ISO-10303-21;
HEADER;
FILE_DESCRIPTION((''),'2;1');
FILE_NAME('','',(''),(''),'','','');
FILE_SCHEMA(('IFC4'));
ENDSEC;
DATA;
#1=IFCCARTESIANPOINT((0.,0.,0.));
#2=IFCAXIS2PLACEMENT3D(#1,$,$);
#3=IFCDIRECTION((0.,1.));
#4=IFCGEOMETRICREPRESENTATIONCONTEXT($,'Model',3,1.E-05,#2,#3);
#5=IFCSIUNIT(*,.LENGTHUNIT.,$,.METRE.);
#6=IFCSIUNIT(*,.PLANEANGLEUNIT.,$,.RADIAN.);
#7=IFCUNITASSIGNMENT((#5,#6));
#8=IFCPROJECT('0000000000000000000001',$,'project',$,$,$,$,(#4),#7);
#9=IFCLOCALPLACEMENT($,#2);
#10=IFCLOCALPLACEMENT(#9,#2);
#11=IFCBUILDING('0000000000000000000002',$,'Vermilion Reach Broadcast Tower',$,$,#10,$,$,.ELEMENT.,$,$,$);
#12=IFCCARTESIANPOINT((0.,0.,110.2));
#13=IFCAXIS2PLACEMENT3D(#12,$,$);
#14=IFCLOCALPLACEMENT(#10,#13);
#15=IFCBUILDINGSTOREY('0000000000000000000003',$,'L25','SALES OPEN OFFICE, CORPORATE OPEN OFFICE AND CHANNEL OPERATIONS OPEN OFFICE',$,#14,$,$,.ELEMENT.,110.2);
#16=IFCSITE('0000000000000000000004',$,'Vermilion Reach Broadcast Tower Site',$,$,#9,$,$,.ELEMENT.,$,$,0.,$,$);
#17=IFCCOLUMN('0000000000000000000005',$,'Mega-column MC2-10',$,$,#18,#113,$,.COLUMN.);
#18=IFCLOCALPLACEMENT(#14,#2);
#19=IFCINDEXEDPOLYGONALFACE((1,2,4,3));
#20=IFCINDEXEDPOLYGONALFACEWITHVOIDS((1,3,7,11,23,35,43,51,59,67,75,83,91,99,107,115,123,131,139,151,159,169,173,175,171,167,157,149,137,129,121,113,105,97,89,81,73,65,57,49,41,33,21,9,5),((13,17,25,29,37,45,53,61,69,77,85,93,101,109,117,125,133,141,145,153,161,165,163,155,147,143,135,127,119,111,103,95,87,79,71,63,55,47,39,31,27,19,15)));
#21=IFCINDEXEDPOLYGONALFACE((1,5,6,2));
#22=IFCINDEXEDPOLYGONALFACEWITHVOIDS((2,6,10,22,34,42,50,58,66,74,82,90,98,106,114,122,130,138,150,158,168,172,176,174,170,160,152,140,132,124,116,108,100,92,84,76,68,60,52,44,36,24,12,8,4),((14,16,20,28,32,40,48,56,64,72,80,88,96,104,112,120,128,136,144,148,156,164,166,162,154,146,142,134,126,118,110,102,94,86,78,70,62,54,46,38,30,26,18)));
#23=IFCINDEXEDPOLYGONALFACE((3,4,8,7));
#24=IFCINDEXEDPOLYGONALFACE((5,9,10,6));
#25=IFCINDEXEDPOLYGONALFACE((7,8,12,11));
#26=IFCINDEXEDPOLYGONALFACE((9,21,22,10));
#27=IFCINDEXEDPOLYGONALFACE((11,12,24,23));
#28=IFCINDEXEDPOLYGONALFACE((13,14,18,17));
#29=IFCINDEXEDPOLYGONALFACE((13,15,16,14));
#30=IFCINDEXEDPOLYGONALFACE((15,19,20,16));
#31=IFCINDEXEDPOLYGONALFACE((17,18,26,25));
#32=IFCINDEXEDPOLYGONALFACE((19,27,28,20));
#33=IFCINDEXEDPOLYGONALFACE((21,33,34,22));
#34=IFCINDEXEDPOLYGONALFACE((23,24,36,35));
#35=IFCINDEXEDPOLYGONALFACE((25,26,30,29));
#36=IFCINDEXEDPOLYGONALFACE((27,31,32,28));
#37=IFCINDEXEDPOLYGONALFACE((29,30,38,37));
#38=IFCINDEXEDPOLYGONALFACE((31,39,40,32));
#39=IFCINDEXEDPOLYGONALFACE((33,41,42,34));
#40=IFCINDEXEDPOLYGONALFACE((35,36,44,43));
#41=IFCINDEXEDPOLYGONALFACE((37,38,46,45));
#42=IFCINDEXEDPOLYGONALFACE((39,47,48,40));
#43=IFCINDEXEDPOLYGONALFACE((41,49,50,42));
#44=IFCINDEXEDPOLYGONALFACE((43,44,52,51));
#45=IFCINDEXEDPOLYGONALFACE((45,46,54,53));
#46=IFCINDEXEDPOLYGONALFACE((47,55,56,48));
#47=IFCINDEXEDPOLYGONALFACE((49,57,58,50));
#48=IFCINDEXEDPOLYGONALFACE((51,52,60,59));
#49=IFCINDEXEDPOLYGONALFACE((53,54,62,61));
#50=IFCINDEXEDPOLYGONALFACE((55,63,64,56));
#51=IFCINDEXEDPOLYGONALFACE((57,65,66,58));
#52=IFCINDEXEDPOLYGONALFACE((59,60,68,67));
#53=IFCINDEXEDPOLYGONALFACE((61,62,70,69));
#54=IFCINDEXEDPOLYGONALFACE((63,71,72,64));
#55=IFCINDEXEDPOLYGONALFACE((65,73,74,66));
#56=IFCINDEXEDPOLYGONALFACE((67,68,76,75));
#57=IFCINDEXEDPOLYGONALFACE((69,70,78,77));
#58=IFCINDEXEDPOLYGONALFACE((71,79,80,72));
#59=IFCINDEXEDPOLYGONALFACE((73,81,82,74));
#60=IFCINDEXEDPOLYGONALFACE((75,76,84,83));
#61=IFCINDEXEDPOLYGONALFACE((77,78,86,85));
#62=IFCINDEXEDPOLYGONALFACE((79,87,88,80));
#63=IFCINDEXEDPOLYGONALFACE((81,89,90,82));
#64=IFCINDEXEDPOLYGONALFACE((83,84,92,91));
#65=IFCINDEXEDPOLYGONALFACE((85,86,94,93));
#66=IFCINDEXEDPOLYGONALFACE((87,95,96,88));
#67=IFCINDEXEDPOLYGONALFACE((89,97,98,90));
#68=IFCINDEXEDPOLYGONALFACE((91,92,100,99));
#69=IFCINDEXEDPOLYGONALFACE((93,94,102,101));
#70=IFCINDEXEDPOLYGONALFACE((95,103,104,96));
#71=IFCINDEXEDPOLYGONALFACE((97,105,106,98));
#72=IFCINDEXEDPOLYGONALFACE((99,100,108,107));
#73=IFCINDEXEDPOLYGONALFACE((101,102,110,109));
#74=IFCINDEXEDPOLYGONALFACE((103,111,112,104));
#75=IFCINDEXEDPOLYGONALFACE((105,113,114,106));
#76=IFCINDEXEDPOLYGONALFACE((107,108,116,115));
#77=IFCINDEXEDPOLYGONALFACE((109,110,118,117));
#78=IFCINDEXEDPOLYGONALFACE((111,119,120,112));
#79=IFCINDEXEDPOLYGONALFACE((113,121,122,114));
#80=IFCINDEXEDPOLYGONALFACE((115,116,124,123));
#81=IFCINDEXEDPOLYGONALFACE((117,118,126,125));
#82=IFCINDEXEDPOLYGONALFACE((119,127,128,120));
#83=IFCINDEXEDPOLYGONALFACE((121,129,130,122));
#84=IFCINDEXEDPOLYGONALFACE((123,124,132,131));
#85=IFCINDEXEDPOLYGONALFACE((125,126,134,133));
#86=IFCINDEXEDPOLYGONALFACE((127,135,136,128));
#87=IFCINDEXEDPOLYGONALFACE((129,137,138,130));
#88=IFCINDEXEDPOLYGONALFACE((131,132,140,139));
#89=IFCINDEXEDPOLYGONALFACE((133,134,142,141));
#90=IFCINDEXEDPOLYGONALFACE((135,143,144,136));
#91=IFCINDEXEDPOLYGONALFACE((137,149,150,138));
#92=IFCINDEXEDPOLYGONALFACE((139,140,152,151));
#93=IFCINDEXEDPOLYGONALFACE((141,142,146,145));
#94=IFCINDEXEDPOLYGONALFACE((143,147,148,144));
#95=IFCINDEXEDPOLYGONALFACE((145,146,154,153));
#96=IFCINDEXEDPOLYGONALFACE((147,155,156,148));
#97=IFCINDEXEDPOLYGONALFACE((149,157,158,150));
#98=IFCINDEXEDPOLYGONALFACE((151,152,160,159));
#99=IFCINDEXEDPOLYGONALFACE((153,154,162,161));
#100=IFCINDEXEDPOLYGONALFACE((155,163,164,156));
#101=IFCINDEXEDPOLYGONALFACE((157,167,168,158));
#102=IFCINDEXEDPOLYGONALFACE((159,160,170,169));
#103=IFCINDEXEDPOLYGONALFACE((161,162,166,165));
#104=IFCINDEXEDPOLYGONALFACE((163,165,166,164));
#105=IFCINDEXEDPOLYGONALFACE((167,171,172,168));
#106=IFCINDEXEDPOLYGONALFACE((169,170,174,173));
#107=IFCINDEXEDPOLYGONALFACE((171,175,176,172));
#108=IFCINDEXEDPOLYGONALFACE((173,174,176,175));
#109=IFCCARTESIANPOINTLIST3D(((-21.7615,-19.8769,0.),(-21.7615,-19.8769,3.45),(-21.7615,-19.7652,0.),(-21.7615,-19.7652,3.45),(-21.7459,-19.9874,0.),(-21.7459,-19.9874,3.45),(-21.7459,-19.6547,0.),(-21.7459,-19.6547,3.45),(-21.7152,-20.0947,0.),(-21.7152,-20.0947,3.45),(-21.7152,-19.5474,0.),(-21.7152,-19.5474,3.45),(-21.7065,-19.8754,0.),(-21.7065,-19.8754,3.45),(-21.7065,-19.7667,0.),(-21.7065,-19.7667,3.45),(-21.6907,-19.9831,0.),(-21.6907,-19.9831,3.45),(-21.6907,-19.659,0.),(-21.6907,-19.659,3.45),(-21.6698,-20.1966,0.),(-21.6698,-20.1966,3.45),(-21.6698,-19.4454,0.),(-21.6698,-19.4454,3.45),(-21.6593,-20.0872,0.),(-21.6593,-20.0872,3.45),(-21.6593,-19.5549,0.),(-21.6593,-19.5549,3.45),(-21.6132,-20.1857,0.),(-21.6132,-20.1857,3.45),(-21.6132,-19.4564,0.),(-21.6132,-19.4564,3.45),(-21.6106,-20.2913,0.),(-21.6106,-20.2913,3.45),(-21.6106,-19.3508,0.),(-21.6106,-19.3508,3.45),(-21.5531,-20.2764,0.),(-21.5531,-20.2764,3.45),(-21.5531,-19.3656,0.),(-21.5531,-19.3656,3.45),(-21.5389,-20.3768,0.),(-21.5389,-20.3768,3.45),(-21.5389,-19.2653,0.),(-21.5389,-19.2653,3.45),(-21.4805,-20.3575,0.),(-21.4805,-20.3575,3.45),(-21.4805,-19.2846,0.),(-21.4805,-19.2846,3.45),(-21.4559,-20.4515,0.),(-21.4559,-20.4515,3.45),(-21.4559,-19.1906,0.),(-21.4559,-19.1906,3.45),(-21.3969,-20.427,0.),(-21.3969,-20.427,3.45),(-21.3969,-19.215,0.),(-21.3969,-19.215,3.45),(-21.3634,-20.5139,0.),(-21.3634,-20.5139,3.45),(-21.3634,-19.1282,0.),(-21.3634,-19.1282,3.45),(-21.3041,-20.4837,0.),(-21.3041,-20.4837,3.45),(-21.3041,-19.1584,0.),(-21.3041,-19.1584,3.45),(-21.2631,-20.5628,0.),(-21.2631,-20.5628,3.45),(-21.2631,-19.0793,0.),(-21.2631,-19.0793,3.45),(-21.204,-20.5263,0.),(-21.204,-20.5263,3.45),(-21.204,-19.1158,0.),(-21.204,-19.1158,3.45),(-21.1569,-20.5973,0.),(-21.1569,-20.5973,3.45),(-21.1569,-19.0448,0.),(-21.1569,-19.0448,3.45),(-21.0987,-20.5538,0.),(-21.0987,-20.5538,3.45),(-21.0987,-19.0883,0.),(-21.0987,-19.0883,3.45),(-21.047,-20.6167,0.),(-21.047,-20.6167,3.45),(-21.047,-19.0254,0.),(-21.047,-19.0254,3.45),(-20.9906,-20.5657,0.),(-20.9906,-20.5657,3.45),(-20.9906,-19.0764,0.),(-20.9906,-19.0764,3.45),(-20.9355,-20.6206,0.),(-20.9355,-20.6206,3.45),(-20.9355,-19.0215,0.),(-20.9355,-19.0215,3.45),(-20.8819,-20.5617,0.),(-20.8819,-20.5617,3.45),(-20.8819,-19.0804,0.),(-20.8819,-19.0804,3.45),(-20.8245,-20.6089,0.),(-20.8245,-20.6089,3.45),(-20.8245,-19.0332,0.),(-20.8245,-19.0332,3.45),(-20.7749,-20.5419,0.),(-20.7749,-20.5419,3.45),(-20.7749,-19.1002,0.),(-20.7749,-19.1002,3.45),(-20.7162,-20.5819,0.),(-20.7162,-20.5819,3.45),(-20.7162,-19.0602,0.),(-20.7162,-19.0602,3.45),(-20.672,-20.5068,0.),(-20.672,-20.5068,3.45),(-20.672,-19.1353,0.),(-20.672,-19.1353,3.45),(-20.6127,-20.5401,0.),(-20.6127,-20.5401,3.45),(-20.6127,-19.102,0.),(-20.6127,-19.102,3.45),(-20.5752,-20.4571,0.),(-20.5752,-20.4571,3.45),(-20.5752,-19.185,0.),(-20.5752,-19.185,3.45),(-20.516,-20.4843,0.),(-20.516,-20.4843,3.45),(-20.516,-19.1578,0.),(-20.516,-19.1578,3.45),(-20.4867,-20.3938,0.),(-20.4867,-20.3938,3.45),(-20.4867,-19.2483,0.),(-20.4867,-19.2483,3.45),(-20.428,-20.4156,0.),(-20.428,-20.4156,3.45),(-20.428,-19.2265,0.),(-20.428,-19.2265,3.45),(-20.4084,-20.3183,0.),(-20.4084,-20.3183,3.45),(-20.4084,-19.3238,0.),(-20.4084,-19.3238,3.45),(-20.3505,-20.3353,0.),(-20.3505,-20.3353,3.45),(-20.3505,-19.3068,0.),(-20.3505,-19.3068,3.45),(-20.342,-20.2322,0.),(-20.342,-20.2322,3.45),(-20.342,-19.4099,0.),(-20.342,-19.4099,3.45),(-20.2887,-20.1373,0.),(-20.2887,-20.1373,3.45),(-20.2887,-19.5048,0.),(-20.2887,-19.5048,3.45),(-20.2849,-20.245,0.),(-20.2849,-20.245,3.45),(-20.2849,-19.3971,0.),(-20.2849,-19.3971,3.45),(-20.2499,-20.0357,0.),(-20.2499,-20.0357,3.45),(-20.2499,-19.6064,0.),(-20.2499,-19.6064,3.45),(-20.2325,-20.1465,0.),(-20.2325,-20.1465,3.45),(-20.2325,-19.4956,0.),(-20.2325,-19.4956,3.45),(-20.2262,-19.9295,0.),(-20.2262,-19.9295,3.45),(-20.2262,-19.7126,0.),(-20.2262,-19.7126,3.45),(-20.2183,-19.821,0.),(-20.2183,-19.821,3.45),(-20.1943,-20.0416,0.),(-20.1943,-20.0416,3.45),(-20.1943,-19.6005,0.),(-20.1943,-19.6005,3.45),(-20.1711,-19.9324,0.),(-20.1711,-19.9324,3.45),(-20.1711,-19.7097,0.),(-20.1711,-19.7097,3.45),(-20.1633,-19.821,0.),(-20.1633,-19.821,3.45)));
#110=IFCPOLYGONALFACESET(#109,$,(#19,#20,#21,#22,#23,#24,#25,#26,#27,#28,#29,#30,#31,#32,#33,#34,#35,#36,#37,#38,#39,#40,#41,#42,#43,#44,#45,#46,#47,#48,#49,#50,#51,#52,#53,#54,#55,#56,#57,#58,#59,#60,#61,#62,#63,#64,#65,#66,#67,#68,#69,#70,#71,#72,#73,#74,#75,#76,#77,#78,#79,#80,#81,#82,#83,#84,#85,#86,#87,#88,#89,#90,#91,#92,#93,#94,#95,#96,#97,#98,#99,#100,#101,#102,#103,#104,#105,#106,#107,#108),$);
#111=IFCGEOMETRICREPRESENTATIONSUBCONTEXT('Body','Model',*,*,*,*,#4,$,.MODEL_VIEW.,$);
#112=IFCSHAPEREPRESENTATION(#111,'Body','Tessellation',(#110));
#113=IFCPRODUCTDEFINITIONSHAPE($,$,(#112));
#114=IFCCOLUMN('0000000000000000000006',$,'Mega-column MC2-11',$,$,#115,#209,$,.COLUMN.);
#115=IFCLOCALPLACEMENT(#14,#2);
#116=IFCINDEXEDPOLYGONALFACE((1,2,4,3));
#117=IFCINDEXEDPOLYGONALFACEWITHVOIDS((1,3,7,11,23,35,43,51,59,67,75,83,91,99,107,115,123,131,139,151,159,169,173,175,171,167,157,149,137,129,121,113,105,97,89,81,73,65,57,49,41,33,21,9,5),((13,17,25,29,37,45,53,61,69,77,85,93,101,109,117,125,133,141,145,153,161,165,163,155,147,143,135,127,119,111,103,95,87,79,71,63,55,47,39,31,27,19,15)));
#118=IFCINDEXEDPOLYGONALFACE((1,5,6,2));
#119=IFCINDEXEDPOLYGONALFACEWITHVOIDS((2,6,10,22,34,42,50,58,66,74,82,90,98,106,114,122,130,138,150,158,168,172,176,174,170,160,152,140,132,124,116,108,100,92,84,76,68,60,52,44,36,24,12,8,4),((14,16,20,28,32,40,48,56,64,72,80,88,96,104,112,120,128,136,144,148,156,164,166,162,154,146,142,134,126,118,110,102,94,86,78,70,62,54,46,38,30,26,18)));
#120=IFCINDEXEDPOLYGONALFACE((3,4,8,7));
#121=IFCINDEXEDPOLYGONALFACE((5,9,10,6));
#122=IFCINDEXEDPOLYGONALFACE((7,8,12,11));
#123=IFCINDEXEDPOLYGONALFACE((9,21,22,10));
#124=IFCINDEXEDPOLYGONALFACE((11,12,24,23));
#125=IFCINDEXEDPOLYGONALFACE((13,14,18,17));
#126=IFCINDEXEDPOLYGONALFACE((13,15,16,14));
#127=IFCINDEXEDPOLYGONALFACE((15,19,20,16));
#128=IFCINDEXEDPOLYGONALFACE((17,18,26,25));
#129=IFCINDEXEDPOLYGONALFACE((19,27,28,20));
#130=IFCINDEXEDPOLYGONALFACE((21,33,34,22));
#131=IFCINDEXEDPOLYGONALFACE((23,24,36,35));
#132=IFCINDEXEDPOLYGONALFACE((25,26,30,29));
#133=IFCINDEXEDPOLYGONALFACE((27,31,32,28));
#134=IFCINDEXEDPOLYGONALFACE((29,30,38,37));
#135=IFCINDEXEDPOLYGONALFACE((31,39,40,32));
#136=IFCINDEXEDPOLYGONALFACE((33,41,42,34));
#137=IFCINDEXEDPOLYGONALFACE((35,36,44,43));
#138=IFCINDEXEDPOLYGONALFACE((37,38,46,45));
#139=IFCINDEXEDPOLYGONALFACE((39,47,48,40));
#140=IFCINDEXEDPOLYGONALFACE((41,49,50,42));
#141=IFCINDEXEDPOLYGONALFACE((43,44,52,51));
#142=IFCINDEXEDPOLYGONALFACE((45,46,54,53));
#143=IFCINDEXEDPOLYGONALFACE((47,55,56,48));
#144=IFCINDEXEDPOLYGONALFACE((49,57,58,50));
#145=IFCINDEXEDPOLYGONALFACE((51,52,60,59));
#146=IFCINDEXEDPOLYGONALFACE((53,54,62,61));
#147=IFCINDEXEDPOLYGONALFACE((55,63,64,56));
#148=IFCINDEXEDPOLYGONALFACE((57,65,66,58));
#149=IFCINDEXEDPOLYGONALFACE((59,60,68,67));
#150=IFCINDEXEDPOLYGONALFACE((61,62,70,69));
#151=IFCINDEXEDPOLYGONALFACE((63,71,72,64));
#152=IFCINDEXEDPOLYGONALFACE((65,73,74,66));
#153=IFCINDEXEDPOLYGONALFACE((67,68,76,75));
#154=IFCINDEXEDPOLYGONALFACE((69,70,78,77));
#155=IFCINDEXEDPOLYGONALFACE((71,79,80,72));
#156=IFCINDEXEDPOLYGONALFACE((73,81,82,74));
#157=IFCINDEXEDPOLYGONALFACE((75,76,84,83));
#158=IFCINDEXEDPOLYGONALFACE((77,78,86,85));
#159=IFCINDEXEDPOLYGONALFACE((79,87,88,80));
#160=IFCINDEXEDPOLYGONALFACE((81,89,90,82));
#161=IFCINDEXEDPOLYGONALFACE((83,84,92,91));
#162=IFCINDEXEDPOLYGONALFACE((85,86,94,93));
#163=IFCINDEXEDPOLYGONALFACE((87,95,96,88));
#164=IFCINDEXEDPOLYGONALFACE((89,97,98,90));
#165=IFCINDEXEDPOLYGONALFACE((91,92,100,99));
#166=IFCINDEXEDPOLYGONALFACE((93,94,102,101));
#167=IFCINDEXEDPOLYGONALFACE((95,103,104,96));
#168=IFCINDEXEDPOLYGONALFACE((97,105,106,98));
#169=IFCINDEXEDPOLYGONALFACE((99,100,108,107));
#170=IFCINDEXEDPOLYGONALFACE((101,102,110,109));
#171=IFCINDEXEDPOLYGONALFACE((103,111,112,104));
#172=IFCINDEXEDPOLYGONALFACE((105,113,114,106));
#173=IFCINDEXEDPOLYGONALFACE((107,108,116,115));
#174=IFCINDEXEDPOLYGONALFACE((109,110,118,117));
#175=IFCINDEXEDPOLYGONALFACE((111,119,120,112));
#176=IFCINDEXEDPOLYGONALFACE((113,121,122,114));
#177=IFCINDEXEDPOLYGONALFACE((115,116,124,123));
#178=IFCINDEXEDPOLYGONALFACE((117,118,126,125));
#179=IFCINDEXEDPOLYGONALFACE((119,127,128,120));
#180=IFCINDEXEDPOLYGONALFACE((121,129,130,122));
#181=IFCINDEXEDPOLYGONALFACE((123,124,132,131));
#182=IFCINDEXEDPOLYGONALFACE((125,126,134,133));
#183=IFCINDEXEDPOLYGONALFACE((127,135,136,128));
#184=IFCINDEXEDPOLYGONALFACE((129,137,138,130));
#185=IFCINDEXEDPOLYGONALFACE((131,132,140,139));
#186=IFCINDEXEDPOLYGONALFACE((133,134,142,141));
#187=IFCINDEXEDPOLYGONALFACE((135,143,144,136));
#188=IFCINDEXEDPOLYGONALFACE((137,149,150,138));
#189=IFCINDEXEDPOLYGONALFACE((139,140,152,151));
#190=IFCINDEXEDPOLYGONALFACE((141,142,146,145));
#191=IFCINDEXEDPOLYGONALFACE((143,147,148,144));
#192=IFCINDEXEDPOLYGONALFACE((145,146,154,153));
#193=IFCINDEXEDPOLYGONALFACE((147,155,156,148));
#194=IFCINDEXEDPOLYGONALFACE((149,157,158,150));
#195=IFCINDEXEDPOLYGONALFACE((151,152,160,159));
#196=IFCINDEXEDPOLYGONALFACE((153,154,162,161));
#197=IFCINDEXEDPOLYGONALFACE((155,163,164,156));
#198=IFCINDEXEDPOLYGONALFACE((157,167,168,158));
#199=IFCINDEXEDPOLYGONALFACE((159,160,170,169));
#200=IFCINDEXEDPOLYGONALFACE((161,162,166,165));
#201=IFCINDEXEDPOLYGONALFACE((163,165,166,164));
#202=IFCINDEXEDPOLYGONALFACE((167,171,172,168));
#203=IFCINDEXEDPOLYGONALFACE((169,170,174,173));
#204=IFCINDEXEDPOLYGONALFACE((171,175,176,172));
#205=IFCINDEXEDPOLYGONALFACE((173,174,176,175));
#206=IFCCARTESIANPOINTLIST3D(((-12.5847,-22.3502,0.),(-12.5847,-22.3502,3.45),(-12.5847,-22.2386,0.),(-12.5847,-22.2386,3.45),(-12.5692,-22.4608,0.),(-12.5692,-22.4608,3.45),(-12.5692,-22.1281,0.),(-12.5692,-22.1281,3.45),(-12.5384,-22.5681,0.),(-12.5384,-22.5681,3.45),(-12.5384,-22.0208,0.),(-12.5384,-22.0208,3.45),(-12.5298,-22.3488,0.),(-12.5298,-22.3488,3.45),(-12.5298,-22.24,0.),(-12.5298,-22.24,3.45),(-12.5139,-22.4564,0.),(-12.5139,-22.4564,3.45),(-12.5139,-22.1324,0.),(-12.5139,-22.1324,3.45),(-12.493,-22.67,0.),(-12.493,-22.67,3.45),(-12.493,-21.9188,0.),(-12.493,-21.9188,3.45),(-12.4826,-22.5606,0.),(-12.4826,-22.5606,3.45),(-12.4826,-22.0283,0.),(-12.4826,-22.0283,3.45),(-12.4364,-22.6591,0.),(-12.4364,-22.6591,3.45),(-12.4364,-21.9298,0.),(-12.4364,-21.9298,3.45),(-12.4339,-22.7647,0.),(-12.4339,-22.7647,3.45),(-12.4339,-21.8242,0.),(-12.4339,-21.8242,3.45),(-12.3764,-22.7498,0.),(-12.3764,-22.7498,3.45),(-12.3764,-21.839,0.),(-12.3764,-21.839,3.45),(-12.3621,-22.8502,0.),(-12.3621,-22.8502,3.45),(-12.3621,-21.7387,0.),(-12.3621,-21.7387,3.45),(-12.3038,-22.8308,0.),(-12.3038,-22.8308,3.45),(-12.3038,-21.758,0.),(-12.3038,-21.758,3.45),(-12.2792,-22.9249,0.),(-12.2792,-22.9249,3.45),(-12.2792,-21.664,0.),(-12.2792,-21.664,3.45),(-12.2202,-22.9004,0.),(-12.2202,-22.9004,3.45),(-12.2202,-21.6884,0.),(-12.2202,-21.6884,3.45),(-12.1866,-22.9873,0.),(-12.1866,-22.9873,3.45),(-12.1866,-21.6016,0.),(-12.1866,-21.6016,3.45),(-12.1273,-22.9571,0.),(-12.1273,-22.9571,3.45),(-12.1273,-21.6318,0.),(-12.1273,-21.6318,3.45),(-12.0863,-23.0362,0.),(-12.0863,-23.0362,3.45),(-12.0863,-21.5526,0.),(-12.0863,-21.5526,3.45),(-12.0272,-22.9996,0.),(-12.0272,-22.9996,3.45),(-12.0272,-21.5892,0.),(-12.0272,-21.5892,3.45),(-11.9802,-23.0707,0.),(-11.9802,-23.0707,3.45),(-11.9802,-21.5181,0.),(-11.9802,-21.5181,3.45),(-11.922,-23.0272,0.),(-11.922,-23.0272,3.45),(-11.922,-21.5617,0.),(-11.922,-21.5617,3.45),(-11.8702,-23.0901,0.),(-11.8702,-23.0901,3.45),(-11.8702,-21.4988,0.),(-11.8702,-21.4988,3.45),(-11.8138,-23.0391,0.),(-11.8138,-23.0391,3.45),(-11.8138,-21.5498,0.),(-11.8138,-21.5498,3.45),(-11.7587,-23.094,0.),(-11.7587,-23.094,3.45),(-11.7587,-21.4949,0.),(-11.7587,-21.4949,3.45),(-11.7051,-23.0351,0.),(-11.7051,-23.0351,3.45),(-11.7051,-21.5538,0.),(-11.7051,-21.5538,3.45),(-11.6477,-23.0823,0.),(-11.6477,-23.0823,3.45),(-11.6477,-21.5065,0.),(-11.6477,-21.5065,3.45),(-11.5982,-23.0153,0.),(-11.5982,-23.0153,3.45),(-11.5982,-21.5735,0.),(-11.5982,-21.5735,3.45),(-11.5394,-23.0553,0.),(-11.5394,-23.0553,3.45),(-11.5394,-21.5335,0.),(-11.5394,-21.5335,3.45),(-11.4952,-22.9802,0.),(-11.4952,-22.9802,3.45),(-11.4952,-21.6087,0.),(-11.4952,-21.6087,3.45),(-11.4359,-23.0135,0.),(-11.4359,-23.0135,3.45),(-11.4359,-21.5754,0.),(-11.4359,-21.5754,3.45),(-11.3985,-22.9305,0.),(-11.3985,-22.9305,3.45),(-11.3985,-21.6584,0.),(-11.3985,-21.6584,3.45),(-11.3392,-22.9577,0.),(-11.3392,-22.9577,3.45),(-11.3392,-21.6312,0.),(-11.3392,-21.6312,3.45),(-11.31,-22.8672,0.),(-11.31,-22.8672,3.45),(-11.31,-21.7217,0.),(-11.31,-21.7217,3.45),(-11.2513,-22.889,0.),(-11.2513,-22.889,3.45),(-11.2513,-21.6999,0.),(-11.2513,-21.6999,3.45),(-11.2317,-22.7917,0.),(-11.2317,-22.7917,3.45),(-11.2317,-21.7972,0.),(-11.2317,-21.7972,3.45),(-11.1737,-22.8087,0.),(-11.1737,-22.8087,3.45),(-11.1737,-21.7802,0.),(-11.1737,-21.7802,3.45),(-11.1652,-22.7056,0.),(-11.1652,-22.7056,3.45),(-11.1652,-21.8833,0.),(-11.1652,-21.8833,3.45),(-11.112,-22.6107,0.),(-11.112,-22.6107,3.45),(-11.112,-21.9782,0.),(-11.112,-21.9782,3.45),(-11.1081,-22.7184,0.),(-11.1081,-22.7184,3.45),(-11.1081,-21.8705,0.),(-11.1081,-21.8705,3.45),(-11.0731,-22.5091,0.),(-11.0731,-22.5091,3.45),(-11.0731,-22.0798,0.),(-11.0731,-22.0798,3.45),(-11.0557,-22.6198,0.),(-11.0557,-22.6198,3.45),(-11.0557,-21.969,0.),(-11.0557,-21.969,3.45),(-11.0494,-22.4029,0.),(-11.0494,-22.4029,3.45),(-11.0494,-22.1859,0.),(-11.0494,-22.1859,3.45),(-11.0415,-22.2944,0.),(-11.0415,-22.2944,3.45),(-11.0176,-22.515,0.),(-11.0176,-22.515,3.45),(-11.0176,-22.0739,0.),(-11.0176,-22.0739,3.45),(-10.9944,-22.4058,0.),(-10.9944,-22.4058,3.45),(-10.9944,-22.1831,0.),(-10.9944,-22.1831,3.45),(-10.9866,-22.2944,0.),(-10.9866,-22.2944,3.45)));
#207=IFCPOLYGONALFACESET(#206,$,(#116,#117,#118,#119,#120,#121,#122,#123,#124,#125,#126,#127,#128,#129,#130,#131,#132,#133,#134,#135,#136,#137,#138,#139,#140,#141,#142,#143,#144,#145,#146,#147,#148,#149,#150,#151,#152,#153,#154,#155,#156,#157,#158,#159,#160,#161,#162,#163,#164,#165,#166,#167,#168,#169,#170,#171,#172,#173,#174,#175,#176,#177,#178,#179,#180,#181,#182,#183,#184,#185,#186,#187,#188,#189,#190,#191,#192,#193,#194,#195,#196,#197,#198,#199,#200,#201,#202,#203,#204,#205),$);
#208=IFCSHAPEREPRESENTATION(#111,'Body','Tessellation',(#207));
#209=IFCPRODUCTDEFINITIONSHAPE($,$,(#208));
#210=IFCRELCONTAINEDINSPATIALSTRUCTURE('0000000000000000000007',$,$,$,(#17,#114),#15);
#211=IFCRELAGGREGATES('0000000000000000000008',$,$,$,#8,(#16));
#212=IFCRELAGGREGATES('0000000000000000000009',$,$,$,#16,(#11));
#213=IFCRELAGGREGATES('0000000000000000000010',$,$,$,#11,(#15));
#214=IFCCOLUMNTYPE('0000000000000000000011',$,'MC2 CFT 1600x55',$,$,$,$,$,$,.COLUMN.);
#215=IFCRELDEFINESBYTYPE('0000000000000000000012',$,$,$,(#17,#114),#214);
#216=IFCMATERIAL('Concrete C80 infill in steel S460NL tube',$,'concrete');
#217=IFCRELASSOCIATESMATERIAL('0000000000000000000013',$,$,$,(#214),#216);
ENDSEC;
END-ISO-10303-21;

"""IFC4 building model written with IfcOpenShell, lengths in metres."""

from ifc_helpers import new_model, si_unit, direction, frame, origin, origin_2d, place, context, subcontext, project, spatial, hollow_circle, extrude, material, material_profile, profile_set, type_object, element, save


model = new_model("IFC4")

# Units and contexts
model_context = context("Model", 3, precision=1e-05, world=origin(), true_north=direction((0.0, 1.0)))
body_context = subcontext(model_context, "Body", "Model", "MODEL_VIEW")
ifc_project = project(units=[si_unit("LENGTHUNIT", "METRE"), si_unit("PLANEANGLEUNIT", "RADIAN")], contexts=[model_context])

# Site, building, storey
site_placement = place(None, origin())
site = spatial("IfcSite", under=ifc_project, at=site_placement, Name="Vermilion Reach Broadcast Tower Site", CompositionType="ELEMENT", RefElevation=0.0)
building_placement = place(site_placement, origin())
building = spatial("IfcBuilding", under=site, at=building_placement, Name="Vermilion Reach Broadcast Tower", CompositionType="ELEMENT")
storey_placement = place(building_placement, frame((0.0, 0.0, 110.2)))
storey = spatial("IfcBuildingStorey", under=building, at=storey_placement, Name="L25", Description="SALES OPEN OFFICE, CORPORATE OPEN OFFICE AND CHANNEL OPERATIONS OPEN OFFICE", CompositionType="ELEMENT", Elevation=110.2)

# Columns
ifc_material_1 = material(Name="Concrete C80 infill in steel S460NL tube", Category="concrete")
ifc_material_profile_1 = material_profile(ifc_material_1, hollow_circle(Radius=0.8, WallThickness=0.0549, at=origin_2d()), Name="Concrete C80 infill in steel S460NL tube CFT 1600x55")
ifc_profile_set_1 = profile_set([ifc_material_profile_1], Name="Concrete C80 infill in steel S460NL tube")
column_type = type_object("IfcColumnType", Name="MC2 CFT 1600x55", PredefinedType="COLUMN", material=ifc_profile_set_1)
for number, where, z_axis, x_axis, name in (
    (1, (-20.9634, -19.821, 0.0), (0.0, 0.0, 1.0), (1.0, 0.0, 0.0), "Mega-column MC2-10"),
    (2, (-11.7866, -22.2944, 0.0), (0.0, 0.0, 1.0), (1.0, 0.0, 0.0), "Mega-column MC2-11"),
):
    element("IfcColumn", number, at=place(storey_placement, frame(where, z_axis=z_axis, x_axis=x_axis)), inside=storey, type_object=column_type, Name=name, PredefinedType="COLUMN", context=body_context, shape_type="SweptSolid", body=[
        extrude(hollow_circle(Radius=0.8, WallThickness=0.0549, at=origin_2d()), origin(), (0.0, 0.0, 1.0), 3.45),
    ])

save(model, "model.ifc")
